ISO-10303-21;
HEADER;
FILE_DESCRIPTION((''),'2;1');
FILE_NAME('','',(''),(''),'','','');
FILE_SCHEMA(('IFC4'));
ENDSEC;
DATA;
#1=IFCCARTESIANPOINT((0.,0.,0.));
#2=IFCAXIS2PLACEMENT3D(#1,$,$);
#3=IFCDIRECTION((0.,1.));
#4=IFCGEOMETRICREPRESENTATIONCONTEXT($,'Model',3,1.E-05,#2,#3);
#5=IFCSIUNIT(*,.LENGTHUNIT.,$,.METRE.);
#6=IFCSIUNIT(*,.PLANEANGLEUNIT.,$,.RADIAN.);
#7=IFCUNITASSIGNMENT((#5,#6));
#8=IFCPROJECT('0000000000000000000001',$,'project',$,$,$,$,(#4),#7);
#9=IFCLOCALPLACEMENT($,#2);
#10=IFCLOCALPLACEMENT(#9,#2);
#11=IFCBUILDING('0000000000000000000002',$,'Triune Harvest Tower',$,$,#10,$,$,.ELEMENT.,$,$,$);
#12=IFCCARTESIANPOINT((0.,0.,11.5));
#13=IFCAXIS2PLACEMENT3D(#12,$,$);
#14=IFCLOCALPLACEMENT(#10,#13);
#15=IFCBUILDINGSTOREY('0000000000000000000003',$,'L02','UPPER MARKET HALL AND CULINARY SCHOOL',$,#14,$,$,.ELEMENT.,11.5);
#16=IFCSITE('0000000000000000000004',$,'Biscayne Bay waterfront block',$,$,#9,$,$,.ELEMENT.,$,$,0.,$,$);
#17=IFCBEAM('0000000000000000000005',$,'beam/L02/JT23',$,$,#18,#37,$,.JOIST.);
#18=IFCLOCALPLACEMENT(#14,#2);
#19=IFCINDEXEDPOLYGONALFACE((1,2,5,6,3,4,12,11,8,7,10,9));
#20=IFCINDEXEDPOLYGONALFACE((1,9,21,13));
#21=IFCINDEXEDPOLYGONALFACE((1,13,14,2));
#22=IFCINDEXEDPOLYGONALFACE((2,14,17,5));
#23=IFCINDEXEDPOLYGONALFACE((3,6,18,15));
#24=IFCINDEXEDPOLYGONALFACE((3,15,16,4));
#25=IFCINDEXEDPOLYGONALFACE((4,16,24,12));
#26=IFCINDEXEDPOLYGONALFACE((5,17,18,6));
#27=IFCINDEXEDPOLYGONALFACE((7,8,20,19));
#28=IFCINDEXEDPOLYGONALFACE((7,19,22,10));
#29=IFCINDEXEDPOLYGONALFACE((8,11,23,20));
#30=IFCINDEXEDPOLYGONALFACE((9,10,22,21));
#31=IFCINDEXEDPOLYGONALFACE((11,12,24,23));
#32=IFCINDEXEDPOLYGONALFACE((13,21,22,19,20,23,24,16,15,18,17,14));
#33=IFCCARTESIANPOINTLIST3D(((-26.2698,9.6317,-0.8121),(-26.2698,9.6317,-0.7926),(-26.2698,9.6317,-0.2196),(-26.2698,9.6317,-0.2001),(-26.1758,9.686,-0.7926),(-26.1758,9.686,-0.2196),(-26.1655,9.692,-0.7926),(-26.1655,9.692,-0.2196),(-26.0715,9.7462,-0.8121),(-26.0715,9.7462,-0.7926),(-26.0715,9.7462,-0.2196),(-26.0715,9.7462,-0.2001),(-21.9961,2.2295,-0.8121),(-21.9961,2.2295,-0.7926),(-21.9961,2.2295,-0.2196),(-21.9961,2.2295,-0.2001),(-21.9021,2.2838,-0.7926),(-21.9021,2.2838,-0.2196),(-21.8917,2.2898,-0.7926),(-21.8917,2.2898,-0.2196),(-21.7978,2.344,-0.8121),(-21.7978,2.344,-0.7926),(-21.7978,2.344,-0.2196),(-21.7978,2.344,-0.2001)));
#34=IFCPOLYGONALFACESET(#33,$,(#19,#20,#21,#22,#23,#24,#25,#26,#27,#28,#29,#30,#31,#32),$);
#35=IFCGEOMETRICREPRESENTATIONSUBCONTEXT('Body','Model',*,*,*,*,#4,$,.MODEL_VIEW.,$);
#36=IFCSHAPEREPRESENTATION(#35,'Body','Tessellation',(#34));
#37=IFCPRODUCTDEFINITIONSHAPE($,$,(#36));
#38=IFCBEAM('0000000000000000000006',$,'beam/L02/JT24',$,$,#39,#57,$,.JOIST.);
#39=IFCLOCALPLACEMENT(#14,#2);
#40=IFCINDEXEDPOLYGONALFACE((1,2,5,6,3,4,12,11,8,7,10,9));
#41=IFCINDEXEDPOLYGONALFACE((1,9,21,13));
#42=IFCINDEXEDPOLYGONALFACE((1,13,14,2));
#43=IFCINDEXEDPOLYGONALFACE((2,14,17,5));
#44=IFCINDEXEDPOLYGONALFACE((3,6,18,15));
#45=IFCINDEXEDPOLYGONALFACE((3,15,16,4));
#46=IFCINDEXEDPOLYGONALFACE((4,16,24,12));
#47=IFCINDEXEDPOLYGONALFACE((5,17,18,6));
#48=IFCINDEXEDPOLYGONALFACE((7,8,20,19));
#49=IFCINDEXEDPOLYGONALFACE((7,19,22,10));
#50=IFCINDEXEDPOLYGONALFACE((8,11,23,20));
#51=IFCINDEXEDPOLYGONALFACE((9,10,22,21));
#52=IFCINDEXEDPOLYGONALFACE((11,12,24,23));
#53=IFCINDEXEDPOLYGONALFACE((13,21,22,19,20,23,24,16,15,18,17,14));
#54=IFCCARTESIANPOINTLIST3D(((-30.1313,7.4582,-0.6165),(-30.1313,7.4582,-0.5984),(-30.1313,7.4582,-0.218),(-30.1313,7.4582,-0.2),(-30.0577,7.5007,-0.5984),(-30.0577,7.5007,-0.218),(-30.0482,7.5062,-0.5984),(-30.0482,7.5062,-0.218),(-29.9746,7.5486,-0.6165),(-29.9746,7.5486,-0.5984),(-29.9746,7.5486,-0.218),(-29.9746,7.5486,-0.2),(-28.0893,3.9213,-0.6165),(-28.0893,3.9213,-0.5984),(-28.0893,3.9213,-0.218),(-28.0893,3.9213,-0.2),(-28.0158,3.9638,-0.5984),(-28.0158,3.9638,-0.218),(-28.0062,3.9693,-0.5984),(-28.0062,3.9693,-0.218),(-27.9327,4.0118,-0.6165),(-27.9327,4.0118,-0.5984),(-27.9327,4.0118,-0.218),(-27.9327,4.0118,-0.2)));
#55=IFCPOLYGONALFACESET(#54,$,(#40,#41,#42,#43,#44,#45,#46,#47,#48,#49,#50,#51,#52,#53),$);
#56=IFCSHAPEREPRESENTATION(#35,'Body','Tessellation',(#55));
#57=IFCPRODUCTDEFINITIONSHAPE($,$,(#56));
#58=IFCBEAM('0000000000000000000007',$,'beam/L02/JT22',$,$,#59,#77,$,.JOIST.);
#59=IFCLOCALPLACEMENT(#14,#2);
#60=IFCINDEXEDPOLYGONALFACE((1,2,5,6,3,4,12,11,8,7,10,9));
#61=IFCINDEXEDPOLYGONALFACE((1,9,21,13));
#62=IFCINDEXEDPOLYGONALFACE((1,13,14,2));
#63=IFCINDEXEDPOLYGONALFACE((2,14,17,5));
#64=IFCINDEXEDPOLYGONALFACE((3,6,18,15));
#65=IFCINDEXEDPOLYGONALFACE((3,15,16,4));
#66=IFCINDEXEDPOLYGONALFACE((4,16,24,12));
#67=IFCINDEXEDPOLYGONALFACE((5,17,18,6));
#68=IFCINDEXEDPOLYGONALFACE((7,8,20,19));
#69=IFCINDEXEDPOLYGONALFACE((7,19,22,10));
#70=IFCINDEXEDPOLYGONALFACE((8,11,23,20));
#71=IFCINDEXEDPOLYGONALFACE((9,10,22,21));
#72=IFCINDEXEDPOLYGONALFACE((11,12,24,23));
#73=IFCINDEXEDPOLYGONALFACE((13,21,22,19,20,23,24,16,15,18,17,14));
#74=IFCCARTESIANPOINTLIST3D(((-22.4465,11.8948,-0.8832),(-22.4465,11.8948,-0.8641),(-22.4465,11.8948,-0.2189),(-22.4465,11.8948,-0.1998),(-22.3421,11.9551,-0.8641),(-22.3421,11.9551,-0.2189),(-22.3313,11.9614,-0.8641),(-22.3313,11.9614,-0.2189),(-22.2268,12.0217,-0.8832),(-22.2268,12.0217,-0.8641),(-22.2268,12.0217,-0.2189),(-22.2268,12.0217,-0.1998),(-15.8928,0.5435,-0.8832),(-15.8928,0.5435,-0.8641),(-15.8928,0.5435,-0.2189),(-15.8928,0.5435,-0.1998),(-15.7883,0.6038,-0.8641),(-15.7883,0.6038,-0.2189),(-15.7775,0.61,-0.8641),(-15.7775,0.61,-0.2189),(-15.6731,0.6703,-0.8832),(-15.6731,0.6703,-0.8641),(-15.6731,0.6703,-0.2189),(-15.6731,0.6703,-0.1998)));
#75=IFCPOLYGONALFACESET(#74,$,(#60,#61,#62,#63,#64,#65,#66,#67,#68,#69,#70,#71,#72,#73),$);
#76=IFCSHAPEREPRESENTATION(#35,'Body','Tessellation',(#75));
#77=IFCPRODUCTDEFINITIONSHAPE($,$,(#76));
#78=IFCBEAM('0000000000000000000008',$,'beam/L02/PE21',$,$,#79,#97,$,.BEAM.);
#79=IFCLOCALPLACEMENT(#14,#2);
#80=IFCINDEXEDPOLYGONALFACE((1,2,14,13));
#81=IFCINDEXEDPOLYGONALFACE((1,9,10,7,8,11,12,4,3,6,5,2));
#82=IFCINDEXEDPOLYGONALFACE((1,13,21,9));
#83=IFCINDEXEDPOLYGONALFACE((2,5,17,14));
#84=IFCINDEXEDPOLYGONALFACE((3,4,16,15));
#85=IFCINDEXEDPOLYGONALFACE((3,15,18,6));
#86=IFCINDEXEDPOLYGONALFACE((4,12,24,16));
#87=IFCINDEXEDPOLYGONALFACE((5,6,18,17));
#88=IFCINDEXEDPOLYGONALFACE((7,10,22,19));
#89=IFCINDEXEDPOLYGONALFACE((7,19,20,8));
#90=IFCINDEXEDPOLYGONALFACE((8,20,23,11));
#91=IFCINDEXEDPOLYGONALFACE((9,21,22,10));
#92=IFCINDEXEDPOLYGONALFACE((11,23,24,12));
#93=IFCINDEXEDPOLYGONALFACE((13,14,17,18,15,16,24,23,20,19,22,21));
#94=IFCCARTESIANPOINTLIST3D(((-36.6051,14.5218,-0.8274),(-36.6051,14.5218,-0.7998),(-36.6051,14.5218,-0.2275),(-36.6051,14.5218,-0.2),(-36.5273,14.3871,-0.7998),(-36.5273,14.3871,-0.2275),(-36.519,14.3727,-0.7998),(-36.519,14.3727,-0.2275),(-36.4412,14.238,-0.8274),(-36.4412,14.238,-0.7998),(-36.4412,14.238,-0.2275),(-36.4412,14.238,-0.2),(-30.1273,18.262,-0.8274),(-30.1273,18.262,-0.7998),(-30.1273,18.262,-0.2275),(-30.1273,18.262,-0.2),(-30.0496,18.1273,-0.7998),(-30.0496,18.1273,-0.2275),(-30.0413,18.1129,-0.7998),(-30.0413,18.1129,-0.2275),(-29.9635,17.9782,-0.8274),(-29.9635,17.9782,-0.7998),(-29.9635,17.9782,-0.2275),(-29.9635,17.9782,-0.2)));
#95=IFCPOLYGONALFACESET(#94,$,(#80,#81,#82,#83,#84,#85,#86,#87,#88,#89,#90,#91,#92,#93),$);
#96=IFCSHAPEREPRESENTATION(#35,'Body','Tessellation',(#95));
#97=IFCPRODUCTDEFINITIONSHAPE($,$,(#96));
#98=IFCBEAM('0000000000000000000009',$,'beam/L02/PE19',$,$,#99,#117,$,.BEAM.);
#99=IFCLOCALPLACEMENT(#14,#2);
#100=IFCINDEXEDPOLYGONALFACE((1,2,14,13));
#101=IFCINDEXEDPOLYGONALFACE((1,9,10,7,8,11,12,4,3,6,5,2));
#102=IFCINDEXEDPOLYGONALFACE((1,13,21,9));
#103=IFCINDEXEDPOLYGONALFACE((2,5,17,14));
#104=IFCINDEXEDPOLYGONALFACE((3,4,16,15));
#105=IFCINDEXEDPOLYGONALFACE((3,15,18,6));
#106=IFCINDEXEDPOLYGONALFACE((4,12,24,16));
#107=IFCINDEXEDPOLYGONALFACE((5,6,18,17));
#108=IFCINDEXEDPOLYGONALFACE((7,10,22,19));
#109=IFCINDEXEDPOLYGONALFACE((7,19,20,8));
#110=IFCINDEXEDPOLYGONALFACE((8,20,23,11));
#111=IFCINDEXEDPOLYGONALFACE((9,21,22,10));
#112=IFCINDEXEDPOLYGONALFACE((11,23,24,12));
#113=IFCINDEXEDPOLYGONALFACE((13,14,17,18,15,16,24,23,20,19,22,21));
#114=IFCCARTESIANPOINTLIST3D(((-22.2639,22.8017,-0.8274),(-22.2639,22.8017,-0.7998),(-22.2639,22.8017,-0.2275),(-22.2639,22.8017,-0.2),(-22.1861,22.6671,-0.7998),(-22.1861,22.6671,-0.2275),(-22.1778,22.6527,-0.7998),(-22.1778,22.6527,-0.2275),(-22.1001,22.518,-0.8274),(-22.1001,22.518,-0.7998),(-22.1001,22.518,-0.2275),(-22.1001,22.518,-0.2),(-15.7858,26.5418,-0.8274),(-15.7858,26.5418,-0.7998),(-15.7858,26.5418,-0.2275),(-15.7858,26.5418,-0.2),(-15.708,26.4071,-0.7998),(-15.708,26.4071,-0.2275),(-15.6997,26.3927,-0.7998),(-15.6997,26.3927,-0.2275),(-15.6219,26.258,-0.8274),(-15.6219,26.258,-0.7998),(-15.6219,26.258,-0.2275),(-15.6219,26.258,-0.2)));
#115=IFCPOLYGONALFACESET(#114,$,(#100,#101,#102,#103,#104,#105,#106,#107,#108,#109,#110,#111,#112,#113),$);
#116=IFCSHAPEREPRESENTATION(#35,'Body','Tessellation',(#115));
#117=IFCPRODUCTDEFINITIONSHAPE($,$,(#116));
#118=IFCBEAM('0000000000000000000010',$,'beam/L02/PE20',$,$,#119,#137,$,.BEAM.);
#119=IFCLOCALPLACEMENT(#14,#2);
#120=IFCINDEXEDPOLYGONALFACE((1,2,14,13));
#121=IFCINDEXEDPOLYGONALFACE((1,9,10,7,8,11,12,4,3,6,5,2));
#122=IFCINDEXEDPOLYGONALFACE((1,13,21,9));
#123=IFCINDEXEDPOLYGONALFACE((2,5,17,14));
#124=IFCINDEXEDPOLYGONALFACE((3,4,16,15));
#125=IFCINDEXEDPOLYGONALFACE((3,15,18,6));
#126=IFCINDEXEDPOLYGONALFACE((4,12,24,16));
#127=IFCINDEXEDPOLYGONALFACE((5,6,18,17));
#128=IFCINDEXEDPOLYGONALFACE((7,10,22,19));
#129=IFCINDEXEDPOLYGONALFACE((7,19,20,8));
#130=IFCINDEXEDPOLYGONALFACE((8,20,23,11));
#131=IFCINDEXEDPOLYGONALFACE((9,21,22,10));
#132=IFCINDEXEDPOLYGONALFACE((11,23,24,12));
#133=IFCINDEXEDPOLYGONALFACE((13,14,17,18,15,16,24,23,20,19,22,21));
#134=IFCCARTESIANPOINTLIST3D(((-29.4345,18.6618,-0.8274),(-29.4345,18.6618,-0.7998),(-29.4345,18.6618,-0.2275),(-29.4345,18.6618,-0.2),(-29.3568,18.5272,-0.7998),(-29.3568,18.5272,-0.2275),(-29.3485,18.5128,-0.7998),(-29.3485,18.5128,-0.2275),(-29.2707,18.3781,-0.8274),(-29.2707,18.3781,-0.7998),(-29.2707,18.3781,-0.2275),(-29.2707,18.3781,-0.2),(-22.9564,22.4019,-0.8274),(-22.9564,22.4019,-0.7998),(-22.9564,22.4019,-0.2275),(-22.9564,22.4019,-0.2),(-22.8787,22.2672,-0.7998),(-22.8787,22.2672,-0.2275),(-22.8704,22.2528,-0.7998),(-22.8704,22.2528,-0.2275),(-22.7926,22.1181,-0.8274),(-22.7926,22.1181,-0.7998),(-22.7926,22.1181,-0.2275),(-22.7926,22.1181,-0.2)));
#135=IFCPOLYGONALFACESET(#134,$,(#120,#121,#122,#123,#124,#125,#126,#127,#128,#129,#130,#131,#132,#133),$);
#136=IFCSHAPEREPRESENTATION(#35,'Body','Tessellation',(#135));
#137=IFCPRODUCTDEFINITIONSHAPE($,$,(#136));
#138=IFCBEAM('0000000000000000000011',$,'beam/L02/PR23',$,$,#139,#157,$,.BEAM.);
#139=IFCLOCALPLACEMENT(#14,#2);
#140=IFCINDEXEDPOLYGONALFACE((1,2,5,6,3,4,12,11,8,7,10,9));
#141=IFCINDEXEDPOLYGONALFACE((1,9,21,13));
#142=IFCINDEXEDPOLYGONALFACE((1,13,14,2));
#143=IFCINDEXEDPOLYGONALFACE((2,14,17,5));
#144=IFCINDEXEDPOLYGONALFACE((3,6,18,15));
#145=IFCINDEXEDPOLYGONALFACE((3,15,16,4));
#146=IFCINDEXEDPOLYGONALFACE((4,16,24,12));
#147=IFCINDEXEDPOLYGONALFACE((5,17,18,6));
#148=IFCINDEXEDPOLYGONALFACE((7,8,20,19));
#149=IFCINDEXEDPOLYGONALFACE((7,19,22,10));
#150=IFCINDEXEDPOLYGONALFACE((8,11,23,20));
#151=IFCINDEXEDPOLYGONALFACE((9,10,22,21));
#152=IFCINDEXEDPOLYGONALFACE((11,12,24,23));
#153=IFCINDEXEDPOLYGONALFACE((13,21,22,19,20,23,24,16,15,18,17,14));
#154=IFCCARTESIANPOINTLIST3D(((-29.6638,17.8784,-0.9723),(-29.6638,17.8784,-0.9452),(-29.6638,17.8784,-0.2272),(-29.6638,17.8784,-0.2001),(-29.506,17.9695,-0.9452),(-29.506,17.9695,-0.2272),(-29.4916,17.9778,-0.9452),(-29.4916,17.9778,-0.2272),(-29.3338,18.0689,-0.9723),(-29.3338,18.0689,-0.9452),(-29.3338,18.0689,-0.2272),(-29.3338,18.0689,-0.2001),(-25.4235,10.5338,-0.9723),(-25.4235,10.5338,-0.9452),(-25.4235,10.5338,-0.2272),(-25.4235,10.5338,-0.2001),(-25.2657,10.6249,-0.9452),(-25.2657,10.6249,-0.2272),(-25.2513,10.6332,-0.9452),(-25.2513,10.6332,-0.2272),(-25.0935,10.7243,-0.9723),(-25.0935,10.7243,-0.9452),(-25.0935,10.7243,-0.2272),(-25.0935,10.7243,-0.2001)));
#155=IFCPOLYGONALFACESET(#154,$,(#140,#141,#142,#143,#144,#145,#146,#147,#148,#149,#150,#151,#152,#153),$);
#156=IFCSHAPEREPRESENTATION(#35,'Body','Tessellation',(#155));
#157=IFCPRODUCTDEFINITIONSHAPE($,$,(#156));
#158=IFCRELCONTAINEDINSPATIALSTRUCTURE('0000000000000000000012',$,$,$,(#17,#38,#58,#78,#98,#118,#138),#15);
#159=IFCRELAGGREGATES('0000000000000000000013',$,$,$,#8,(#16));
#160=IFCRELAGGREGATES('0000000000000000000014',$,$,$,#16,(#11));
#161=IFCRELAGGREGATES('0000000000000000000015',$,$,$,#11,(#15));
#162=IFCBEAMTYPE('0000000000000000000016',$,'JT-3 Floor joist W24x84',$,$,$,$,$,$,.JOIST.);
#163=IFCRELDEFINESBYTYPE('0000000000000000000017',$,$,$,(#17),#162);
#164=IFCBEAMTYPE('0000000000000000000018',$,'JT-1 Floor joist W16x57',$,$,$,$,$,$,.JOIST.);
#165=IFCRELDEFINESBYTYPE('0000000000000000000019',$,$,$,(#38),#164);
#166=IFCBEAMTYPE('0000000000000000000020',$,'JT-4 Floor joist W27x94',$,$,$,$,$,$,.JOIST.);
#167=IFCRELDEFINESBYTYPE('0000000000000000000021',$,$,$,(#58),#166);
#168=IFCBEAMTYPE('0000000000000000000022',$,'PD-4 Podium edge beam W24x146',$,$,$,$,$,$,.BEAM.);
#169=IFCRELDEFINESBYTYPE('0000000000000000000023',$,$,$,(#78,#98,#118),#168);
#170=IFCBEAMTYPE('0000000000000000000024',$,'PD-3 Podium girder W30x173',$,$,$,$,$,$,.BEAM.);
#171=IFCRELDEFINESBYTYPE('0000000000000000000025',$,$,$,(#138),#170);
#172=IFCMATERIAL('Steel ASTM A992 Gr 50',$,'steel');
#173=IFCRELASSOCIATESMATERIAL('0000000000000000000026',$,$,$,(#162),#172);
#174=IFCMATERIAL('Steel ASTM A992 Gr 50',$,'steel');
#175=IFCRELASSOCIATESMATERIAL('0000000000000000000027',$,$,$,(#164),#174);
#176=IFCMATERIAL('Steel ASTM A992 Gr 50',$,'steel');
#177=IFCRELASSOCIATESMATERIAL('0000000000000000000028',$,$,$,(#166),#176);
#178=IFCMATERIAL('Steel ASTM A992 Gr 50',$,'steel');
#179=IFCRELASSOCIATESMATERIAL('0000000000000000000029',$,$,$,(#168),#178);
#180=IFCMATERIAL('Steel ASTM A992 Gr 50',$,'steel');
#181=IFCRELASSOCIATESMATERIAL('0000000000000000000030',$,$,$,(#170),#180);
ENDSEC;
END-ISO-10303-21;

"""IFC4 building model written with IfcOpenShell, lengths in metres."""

from ifc_helpers import new_model, si_unit, direction, frame, origin, origin_2d, place, context, subcontext, project, spatial, i_section, extrude, source, transform, mapped, material, material_profile, profile_set, type_object, element, save


model = new_model("IFC4")

# Units and contexts
model_context = context("Model", 3, precision=1e-05, world=origin(), true_north=direction((0.0, 1.0)))
body_context = subcontext(model_context, "Body", "Model", "MODEL_VIEW")
ifc_project = project(units=[si_unit("LENGTHUNIT", "METRE"), si_unit("PLANEANGLEUNIT", "RADIAN")], contexts=[model_context])

# Site, building, storey
site_placement = place(None, origin())
site = spatial("IfcSite", under=ifc_project, at=site_placement, Name="Biscayne Bay waterfront block", CompositionType="ELEMENT", RefElevation=0.0)
building_placement = place(site_placement, origin())
building = spatial("IfcBuilding", under=site, at=building_placement, Name="Triune Harvest Tower", CompositionType="ELEMENT")
storey_placement = place(building_placement, frame((0.0, 0.0, 11.5)))
storey = spatial("IfcBuildingStorey", under=building, at=storey_placement, Name="L02", Description="UPPER MARKET HALL AND CULINARY SCHOOL", CompositionType="ELEMENT", Elevation=11.5)

# Beams
ifc_material_1 = material(Name="Steel ASTM A992 Gr 50", Category="steel")
ifc_material_profile_1 = material_profile(ifc_material_1, i_section(OverallWidth=0.229, OverallDepth=0.6121, WebThickness=0.012, FlangeThickness=0.0195, at=origin_2d()), Name="W24x84")
ifc_profile_set_1 = profile_set([ifc_material_profile_1], Name="Steel ASTM A992 Gr 50")
beam_type_1 = type_object("IfcBeamType", Name="JT-3 Floor joist W24x84", PredefinedType="JOIST", material=ifc_profile_set_1)
shared_shape_1 = source(origin(), body_context, "Body", "SweptSolid", [
    extrude(i_section(OverallWidth=0.229, OverallDepth=0.6121, WebThickness=0.012, FlangeThickness=0.0195, at=origin_2d()), origin(), (0.0, 0.0, 1.0), 8.5474),
])
beam_1_placement = place(storey_placement, frame((-26.1707, 9.689, -0.5061), z_axis=(0.500007, -0.866021, 0.0), x_axis=(0.866021, 0.500007, 0.0)))
element("IfcBeam", 1, at=beam_1_placement, inside=storey, type_object=beam_type_1, Name="beam/L02/JT23", PredefinedType="JOIST", context=body_context, shape_type="MappedRepresentation", body=[
    mapped(shared_shape_1, transform((0.0, 0.0, 0.0), scale=1.0)),
])
ifc_material_2 = material(Name="Steel ASTM A992 Gr 50", Category="steel")
ifc_material_profile_2 = material_profile(ifc_material_2, i_section(OverallWidth=0.1809, OverallDepth=0.4165, WebThickness=0.011, FlangeThickness=0.0181, at=origin_2d()), Name="W16x57")
ifc_profile_set_2 = profile_set([ifc_material_profile_2], Name="Steel ASTM A992 Gr 50")
beam_type_2 = type_object("IfcBeamType", Name="JT-1 Floor joist W16x57", PredefinedType="JOIST", material=ifc_profile_set_2)
shared_shape_2 = source(origin(), body_context, "Body", "SweptSolid", [
    extrude(i_section(OverallWidth=0.1809, OverallDepth=0.4165, WebThickness=0.011, FlangeThickness=0.0181, at=origin_2d()), origin(), (0.0, 0.0, 1.0), 4.084),
])
beam_2_placement = place(storey_placement, frame((-30.053, 7.5034, -0.4082), z_axis=(0.499997, -0.866027, 0.0), x_axis=(0.866027, 0.499997, 0.0)))
element("IfcBeam", 2, at=beam_2_placement, inside=storey, type_object=beam_type_2, Name="beam/L02/JT24", PredefinedType="JOIST", context=body_context, shape_type="MappedRepresentation", body=[
    mapped(shared_shape_2, transform((0.0, 0.0, 0.0), scale=1.0)),
])
ifc_material_3 = material(Name="Steel ASTM A992 Gr 50", Category="steel")
ifc_material_profile_3 = material_profile(ifc_material_3, i_section(OverallWidth=0.2537, OverallDepth=0.6833, WebThickness=0.0125, FlangeThickness=0.019, at=origin_2d()), Name="W27x94")
ifc_profile_set_3 = profile_set([ifc_material_profile_3], Name="Steel ASTM A992 Gr 50")
beam_type_3 = type_object("IfcBeamType", Name="JT-4 Floor joist W27x94", PredefinedType="JOIST", material=ifc_profile_set_3)
shared_shape_3 = source(origin(), body_context, "Body", "SweptSolid", [
    extrude(i_section(OverallWidth=0.2537, OverallDepth=0.6833, WebThickness=0.0125, FlangeThickness=0.019, at=origin_2d()), origin(), (0.0, 0.0, 1.0), 13.1074),
])
beam_3_placement = place(storey_placement, frame((-22.3367, 11.9583, -0.5415), z_axis=(0.500001, -0.866025, 0.0), x_axis=(0.866025, 0.500001, 0.0)))
element("IfcBeam", 3, at=beam_3_placement, inside=storey, type_object=beam_type_3, Name="beam/L02/JT22", PredefinedType="JOIST", context=body_context, shape_type="MappedRepresentation", body=[
    mapped(shared_shape_3, transform((0.0, 0.0, 0.0), scale=1.0)),
])
ifc_material_4 = material(Name="Steel ASTM A992 Gr 50", Category="steel")
ifc_material_profile_4 = material_profile(ifc_material_4, i_section(OverallWidth=0.3276, OverallDepth=0.6274, WebThickness=0.0166, FlangeThickness=0.0276, at=origin_2d()), Name="W24x146")
ifc_profile_set_4 = profile_set([ifc_material_profile_4], Name="Steel ASTM A992 Gr 50")
beam_type_4 = type_object("IfcBeamType", Name="PD-4 Podium edge beam W24x146", PredefinedType="BEAM", material=ifc_profile_set_4)
shared_shape_4 = source(origin(), body_context, "Body", "SweptSolid", [
    extrude(i_section(OverallWidth=0.3276, OverallDepth=0.6274, WebThickness=0.0166, FlangeThickness=0.0276, at=origin_2d()), origin(), (0.0, 0.0, 1.0), 7.48),
])
beam_4_placement = place(storey_placement, frame((-30.0454, 18.1201, -0.5137), z_axis=(-0.866009, -0.500029, 0.0), x_axis=(0.500029, -0.866009, 0.0)))
element("IfcBeam", 4, at=beam_4_placement, inside=storey, type_object=beam_type_4, Name="beam/L02/PE21", PredefinedType="BEAM", context=body_context, shape_type="MappedRepresentation", body=[
    mapped(shared_shape_4, transform((0.0, 0.0, 0.0), scale=1.0)),
])
shared_shape_5 = source(origin(), body_context, "Body", "SweptSolid", [
    extrude(i_section(OverallWidth=0.3276, OverallDepth=0.6274, WebThickness=0.0166, FlangeThickness=0.0276, at=origin_2d()), origin(), (0.0, 0.0, 1.0), 7.4802),
])
for number, where, z_axis, x_axis, name in (
    (5, (-15.7039, 26.3999, -0.5137), (-0.866031, -0.49999, 0.0), (0.49999, -0.866031, 0.0), "beam/L02/PE19"),
    (6, (-22.8745, 22.26, -0.5137), (-0.866031, -0.49999, 0.0), (0.49999, -0.866031, 0.0), "beam/L02/PE20"),
):
    element("IfcBeam", number, at=place(storey_placement, frame(where, z_axis=z_axis, x_axis=x_axis)), inside=storey, type_object=beam_type_4, Name=name, PredefinedType="BEAM", context=body_context, shape_type="MappedRepresentation", body=[
        mapped(shared_shape_5, transform((0.0, 0.0, 0.0), scale=1.0)),
    ])
ifc_material_5 = material(Name="Steel ASTM A992 Gr 50", Category="steel")
ifc_material_profile_5 = material_profile(ifc_material_5, i_section(OverallWidth=0.3811, OverallDepth=0.7722, WebThickness=0.0166, FlangeThickness=0.0271, at=origin_2d()), Name="W30x173")
ifc_profile_set_5 = profile_set([ifc_material_profile_5], Name="Steel ASTM A992 Gr 50")
beam_type_5 = type_object("IfcBeamType", Name="PD-3 Podium girder W30x173", PredefinedType="BEAM", material=ifc_profile_set_5)
shared_shape_6 = source(origin(), body_context, "Body", "SweptSolid", [
    extrude(i_section(OverallWidth=0.3811, OverallDepth=0.7722, WebThickness=0.0166, FlangeThickness=0.0271, at=origin_2d()), origin(), (0.0, 0.0, 1.0), 8.4807),
])
beam_5_placement = place(storey_placement, frame((-29.4988, 17.9736, -0.5862), z_axis=(0.499991, -0.866031, 0.0), x_axis=(0.866031, 0.499991, 0.0)))
element("IfcBeam", 7, at=beam_5_placement, inside=storey, type_object=beam_type_5, Name="beam/L02/PR23", PredefinedType="BEAM", context=body_context, shape_type="MappedRepresentation", body=[
    mapped(shared_shape_6, transform((0.0, 0.0, 0.0), scale=1.0)),
])

save(model, "model.ifc")
